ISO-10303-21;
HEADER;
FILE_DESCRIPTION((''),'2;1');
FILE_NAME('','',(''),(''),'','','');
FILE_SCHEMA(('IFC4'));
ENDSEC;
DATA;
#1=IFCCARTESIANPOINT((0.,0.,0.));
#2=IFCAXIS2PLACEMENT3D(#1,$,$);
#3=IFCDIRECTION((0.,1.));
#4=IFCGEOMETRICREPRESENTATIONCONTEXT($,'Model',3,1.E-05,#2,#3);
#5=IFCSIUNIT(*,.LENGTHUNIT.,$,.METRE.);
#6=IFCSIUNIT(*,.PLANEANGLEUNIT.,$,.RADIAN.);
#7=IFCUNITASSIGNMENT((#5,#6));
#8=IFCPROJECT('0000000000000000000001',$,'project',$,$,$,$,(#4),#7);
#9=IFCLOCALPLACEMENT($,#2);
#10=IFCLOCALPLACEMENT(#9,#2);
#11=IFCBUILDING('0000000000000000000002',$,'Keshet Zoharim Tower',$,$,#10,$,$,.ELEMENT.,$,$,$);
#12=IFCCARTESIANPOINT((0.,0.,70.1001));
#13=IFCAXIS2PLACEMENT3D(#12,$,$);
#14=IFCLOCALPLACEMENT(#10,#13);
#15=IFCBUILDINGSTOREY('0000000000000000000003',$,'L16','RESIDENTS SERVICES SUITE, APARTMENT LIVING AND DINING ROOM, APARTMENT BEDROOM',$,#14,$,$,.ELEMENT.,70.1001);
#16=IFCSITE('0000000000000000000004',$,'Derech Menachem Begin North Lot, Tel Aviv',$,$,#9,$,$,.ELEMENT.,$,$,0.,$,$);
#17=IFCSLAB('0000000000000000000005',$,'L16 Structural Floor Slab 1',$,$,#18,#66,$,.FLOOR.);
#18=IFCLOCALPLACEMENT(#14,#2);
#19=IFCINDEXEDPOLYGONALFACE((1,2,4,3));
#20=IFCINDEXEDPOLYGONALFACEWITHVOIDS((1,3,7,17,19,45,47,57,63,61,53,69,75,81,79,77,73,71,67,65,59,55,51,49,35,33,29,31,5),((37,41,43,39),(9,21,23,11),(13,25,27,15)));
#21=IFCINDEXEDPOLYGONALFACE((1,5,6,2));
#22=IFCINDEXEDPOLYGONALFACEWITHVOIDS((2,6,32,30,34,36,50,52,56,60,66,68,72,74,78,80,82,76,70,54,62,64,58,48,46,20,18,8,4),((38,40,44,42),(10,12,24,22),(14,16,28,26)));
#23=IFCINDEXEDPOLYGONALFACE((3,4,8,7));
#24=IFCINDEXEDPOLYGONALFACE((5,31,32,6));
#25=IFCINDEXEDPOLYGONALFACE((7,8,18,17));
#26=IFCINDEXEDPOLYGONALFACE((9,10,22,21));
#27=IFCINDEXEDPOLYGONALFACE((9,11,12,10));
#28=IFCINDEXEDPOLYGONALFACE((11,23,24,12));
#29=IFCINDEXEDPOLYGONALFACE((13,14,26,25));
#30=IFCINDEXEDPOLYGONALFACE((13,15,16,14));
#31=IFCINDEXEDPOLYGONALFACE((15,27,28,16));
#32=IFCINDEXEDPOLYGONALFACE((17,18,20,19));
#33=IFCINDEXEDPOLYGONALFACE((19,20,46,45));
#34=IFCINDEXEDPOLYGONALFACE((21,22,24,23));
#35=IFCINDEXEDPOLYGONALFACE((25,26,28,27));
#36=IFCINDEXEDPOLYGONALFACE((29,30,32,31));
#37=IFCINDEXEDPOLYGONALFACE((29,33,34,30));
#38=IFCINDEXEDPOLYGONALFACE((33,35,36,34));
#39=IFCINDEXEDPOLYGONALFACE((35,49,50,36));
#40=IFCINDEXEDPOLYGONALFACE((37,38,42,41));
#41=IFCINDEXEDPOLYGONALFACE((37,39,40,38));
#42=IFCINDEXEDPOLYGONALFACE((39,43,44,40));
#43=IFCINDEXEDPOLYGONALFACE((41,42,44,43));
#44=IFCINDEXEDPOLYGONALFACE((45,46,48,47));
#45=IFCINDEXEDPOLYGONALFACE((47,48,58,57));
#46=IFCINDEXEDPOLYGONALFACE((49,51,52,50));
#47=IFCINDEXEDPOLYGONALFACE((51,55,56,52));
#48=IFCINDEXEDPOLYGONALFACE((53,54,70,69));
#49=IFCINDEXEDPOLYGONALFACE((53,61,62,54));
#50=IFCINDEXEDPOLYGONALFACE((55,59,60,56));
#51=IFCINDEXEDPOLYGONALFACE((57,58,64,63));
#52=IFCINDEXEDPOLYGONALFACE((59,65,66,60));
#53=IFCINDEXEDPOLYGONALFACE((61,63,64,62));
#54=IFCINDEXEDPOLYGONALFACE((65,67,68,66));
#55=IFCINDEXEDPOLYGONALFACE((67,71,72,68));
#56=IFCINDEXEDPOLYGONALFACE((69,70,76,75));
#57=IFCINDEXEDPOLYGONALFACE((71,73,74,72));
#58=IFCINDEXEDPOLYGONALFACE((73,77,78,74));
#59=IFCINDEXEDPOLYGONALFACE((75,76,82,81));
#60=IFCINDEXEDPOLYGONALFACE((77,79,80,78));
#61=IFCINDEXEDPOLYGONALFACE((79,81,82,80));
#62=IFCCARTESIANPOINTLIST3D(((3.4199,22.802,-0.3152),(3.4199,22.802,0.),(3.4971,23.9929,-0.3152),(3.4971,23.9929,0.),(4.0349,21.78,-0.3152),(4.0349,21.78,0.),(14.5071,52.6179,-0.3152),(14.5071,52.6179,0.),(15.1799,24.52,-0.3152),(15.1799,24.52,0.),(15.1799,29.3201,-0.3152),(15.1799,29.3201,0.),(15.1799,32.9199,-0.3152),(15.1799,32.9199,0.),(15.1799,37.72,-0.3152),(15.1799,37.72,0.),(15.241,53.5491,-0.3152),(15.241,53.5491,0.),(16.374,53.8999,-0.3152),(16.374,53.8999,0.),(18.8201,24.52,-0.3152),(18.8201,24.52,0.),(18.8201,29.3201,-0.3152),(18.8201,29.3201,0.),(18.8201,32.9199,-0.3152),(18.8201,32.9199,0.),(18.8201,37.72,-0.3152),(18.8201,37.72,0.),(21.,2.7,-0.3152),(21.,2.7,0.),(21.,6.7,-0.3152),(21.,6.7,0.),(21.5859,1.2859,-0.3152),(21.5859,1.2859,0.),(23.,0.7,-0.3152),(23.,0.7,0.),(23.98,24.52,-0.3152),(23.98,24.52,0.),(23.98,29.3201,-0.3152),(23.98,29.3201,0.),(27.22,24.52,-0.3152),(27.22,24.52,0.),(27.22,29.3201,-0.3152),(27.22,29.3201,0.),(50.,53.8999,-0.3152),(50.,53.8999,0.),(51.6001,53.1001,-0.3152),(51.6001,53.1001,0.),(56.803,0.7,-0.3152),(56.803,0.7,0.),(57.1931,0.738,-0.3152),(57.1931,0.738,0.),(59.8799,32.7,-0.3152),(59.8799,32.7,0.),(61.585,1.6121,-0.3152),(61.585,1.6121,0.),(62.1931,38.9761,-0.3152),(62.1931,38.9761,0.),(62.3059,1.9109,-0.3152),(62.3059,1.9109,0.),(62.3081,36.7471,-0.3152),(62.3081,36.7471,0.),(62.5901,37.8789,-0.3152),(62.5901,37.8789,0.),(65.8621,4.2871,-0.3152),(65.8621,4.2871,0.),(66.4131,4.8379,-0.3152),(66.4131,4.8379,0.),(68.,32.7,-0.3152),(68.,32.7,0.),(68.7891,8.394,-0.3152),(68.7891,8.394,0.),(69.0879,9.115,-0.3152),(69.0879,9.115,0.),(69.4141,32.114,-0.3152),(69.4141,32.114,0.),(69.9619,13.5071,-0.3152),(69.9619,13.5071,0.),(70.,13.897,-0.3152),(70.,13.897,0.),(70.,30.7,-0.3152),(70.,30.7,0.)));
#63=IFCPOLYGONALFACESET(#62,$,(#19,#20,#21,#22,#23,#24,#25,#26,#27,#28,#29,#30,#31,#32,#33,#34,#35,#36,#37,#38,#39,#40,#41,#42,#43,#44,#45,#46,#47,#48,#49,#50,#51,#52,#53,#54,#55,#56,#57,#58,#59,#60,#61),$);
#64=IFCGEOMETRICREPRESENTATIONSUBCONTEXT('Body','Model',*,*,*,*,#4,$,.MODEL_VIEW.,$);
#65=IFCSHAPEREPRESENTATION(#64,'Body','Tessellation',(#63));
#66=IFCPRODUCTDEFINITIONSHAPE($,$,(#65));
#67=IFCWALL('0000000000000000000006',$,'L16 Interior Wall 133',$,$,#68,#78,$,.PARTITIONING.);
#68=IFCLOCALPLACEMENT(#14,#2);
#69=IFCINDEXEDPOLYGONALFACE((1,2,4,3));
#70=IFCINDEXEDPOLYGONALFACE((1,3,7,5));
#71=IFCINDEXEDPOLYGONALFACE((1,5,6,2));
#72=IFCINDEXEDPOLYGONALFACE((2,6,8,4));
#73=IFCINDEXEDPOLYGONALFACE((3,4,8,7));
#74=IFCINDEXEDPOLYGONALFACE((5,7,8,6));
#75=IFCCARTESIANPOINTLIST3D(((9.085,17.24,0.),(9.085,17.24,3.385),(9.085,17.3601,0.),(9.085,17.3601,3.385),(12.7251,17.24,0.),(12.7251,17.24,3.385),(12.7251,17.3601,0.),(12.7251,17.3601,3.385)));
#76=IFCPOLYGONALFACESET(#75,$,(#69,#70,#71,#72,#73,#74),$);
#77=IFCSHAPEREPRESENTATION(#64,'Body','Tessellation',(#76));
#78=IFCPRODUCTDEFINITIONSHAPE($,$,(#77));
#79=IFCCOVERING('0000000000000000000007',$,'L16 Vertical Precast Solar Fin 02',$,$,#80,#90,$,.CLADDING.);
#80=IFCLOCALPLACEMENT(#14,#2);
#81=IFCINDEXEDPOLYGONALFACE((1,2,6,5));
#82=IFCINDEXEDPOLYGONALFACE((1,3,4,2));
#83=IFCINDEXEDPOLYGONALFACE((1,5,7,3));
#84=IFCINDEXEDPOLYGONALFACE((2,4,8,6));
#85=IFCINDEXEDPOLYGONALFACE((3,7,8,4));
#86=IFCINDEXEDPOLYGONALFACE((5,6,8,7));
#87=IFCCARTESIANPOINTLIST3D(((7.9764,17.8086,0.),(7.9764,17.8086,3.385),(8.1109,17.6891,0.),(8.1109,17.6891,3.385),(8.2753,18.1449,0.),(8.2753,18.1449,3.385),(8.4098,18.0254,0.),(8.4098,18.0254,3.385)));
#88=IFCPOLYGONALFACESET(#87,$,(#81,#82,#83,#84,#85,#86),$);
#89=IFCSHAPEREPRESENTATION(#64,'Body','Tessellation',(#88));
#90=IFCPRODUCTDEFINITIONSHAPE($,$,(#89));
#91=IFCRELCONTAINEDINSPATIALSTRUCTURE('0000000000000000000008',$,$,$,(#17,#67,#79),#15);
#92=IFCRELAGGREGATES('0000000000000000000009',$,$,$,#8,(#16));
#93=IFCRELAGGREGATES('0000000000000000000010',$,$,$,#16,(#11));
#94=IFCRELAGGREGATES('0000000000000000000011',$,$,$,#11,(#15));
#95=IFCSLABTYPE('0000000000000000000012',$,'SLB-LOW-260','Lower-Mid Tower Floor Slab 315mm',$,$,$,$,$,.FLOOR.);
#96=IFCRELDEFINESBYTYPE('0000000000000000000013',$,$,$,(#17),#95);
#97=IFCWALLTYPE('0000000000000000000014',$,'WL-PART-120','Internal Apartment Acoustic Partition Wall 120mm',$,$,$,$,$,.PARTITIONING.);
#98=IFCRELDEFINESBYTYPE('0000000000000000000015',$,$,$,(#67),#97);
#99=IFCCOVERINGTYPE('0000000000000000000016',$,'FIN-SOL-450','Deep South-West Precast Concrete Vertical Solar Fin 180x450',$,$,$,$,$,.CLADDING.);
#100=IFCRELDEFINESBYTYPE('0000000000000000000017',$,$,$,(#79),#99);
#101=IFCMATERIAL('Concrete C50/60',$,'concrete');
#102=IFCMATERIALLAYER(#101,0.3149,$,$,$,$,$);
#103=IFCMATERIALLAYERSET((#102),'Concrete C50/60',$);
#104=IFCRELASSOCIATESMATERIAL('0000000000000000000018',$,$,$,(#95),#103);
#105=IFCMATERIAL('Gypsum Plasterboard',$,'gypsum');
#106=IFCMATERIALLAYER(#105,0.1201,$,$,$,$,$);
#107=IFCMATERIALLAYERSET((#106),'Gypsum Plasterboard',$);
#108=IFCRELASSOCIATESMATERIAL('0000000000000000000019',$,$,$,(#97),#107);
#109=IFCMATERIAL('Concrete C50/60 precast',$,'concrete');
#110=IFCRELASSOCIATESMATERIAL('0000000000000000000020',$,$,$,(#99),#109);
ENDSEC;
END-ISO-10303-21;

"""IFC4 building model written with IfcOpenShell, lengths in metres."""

from ifc_helpers import new_model, si_unit, direction, frame, frame_2d, origin, origin_2d, place, context, subcontext, project, spatial, polyline, rectangle, outline, extrude, material, layer, layer_set, type_object, element, save


model = new_model("IFC4")

# Units and contexts
model_context = context("Model", 3, precision=1e-05, world=origin(), true_north=direction((0.0, 1.0)))
body_context = subcontext(model_context, "Body", "Model", "MODEL_VIEW")
ifc_project = project(units=[si_unit("LENGTHUNIT", "METRE"), si_unit("PLANEANGLEUNIT", "RADIAN")], contexts=[model_context])

# Site, building, storey
site_placement = place(None, origin())
site = spatial("IfcSite", under=ifc_project, at=site_placement, Name="Derech Menachem Begin North Lot, Tel Aviv", CompositionType="ELEMENT", RefElevation=0.0)
building_placement = place(site_placement, origin())
building = spatial("IfcBuilding", under=site, at=building_placement, Name="Keshet Zoharim Tower", CompositionType="ELEMENT")
storey_placement = place(building_placement, frame((0.0, 0.0, 70.1001)))
storey = spatial("IfcBuildingStorey", under=building, at=storey_placement, Name="L16", Description="RESIDENTS SERVICES SUITE, APARTMENT LIVING AND DINING ROOM, APARTMENT BEDROOM", CompositionType="ELEMENT", Elevation=70.1001)

# Shared definitions
ifc_material_1 = material(Name="Concrete C50/60", Category="concrete")

# Slab
ifc_layer_1 = layer(ifc_material_1, 0.3149)
ifc_layer_set_1 = layer_set([ifc_layer_1], Name="Concrete C50/60")
slab_type_1 = type_object("IfcSlabType", Name="SLB-LOW-260", Description="Lower-Mid Tower Floor Slab 315mm", PredefinedType="FLOOR", material=ifc_layer_set_1)
slab_1_placement = place(storey_placement, frame((0.0, 0.0, -0.3152)))
element("IfcSlab", 1, at=slab_1_placement, inside=storey, type_object=slab_type_1, Name="L16 Structural Floor Slab 1", PredefinedType="FLOOR", context=body_context, shape_type="SweptSolid", body=[
    extrude(outline(polyline([(21.0, 6.7), (4.0349, 21.78), (3.4199, 22.802), (3.4971, 23.9929), (14.5071, 52.6179), (15.241, 53.5491), (16.374, 53.8999), (50.0, 53.8999), (51.6001, 53.1001), (62.1931, 38.9761), (62.5901, 37.8789), (62.3081, 36.7471), (59.8799, 32.7), (68.0, 32.7), (69.4141, 32.114), (70.0, 30.7), (70.0, 13.897), (69.9619, 13.5071), (69.0879, 9.115), (68.7891, 8.394), (66.4131, 4.8379), (65.8621, 4.2871), (62.3059, 1.9109), (61.585, 1.6121), (57.1931, 0.738), (56.803, 0.7), (23.0, 0.7), (21.5859, 1.2859), (21.0, 2.7), (21.0, 6.7)]), holes=[polyline([(15.1799, 24.52), (18.8201, 24.52), (18.8201, 29.3201), (15.1799, 29.3201), (15.1799, 24.52)]), polyline([(15.1799, 32.9199), (18.8201, 32.9199), (18.8201, 37.72), (15.1799, 37.72), (15.1799, 32.9199)]), polyline([(23.98, 24.52), (27.22, 24.52), (27.22, 29.3201), (23.98, 29.3201), (23.98, 24.52)])]), origin(), (0.0, 0.0, 1.0), 0.3152),
])

# Shared definitions
ifc_material_2 = material(Name="Gypsum Plasterboard", Category="gypsum")

# Wall
ifc_layer_2 = layer(ifc_material_2, 0.1201)
ifc_layer_set_2 = layer_set([ifc_layer_2], Name="Gypsum Plasterboard")
wall_type_1 = type_object("IfcWallType", Name="WL-PART-120", Description="Internal Apartment Acoustic Partition Wall 120mm", PredefinedType="PARTITIONING", material=ifc_layer_set_2)
wall_1_placement = place(storey_placement, frame((9.085, 17.3, 0.0), z_axis=(0.0, 0.0, 1.0), x_axis=(1.0, 0.0, 0.0)))
element("IfcWall", 2, at=wall_1_placement, inside=storey, type_object=wall_type_1, Name="L16 Interior Wall 133", PredefinedType="PARTITIONING", context=body_context, shape_type="SweptSolid", body=[
    extrude(rectangle(XDim=3.6401, YDim=0.1201, at=frame_2d((1.8201, 0.0))), origin(), (0.0, 0.0, 1.0), 3.385),
])

# Covering
ifc_material_3 = material(Name="Concrete C50/60 precast", Category="concrete")
covering_type = type_object("IfcCoveringType", Name="FIN-SOL-450", Description="Deep South-West Precast Concrete Vertical Solar Fin 180x450", PredefinedType="CLADDING", material=ifc_material_3)
covering_placement = place(storey_placement, frame((8.1931, 17.917, 0.0), z_axis=(0.0, 0.0, 1.0), x_axis=(-0.747409, 0.664364, 0.0)))
element("IfcCovering", 3, at=covering_placement, inside=storey, type_object=covering_type, Name="L16 Vertical Precast Solar Fin 02", PredefinedType="CLADDING", context=body_context, shape_type="SweptSolid", body=[
    extrude(rectangle(XDim=0.1799, YDim=0.45, at=origin_2d()), origin(), (0.0, 0.0, 1.0), 3.385),
])

save(model, "model.ifc")
